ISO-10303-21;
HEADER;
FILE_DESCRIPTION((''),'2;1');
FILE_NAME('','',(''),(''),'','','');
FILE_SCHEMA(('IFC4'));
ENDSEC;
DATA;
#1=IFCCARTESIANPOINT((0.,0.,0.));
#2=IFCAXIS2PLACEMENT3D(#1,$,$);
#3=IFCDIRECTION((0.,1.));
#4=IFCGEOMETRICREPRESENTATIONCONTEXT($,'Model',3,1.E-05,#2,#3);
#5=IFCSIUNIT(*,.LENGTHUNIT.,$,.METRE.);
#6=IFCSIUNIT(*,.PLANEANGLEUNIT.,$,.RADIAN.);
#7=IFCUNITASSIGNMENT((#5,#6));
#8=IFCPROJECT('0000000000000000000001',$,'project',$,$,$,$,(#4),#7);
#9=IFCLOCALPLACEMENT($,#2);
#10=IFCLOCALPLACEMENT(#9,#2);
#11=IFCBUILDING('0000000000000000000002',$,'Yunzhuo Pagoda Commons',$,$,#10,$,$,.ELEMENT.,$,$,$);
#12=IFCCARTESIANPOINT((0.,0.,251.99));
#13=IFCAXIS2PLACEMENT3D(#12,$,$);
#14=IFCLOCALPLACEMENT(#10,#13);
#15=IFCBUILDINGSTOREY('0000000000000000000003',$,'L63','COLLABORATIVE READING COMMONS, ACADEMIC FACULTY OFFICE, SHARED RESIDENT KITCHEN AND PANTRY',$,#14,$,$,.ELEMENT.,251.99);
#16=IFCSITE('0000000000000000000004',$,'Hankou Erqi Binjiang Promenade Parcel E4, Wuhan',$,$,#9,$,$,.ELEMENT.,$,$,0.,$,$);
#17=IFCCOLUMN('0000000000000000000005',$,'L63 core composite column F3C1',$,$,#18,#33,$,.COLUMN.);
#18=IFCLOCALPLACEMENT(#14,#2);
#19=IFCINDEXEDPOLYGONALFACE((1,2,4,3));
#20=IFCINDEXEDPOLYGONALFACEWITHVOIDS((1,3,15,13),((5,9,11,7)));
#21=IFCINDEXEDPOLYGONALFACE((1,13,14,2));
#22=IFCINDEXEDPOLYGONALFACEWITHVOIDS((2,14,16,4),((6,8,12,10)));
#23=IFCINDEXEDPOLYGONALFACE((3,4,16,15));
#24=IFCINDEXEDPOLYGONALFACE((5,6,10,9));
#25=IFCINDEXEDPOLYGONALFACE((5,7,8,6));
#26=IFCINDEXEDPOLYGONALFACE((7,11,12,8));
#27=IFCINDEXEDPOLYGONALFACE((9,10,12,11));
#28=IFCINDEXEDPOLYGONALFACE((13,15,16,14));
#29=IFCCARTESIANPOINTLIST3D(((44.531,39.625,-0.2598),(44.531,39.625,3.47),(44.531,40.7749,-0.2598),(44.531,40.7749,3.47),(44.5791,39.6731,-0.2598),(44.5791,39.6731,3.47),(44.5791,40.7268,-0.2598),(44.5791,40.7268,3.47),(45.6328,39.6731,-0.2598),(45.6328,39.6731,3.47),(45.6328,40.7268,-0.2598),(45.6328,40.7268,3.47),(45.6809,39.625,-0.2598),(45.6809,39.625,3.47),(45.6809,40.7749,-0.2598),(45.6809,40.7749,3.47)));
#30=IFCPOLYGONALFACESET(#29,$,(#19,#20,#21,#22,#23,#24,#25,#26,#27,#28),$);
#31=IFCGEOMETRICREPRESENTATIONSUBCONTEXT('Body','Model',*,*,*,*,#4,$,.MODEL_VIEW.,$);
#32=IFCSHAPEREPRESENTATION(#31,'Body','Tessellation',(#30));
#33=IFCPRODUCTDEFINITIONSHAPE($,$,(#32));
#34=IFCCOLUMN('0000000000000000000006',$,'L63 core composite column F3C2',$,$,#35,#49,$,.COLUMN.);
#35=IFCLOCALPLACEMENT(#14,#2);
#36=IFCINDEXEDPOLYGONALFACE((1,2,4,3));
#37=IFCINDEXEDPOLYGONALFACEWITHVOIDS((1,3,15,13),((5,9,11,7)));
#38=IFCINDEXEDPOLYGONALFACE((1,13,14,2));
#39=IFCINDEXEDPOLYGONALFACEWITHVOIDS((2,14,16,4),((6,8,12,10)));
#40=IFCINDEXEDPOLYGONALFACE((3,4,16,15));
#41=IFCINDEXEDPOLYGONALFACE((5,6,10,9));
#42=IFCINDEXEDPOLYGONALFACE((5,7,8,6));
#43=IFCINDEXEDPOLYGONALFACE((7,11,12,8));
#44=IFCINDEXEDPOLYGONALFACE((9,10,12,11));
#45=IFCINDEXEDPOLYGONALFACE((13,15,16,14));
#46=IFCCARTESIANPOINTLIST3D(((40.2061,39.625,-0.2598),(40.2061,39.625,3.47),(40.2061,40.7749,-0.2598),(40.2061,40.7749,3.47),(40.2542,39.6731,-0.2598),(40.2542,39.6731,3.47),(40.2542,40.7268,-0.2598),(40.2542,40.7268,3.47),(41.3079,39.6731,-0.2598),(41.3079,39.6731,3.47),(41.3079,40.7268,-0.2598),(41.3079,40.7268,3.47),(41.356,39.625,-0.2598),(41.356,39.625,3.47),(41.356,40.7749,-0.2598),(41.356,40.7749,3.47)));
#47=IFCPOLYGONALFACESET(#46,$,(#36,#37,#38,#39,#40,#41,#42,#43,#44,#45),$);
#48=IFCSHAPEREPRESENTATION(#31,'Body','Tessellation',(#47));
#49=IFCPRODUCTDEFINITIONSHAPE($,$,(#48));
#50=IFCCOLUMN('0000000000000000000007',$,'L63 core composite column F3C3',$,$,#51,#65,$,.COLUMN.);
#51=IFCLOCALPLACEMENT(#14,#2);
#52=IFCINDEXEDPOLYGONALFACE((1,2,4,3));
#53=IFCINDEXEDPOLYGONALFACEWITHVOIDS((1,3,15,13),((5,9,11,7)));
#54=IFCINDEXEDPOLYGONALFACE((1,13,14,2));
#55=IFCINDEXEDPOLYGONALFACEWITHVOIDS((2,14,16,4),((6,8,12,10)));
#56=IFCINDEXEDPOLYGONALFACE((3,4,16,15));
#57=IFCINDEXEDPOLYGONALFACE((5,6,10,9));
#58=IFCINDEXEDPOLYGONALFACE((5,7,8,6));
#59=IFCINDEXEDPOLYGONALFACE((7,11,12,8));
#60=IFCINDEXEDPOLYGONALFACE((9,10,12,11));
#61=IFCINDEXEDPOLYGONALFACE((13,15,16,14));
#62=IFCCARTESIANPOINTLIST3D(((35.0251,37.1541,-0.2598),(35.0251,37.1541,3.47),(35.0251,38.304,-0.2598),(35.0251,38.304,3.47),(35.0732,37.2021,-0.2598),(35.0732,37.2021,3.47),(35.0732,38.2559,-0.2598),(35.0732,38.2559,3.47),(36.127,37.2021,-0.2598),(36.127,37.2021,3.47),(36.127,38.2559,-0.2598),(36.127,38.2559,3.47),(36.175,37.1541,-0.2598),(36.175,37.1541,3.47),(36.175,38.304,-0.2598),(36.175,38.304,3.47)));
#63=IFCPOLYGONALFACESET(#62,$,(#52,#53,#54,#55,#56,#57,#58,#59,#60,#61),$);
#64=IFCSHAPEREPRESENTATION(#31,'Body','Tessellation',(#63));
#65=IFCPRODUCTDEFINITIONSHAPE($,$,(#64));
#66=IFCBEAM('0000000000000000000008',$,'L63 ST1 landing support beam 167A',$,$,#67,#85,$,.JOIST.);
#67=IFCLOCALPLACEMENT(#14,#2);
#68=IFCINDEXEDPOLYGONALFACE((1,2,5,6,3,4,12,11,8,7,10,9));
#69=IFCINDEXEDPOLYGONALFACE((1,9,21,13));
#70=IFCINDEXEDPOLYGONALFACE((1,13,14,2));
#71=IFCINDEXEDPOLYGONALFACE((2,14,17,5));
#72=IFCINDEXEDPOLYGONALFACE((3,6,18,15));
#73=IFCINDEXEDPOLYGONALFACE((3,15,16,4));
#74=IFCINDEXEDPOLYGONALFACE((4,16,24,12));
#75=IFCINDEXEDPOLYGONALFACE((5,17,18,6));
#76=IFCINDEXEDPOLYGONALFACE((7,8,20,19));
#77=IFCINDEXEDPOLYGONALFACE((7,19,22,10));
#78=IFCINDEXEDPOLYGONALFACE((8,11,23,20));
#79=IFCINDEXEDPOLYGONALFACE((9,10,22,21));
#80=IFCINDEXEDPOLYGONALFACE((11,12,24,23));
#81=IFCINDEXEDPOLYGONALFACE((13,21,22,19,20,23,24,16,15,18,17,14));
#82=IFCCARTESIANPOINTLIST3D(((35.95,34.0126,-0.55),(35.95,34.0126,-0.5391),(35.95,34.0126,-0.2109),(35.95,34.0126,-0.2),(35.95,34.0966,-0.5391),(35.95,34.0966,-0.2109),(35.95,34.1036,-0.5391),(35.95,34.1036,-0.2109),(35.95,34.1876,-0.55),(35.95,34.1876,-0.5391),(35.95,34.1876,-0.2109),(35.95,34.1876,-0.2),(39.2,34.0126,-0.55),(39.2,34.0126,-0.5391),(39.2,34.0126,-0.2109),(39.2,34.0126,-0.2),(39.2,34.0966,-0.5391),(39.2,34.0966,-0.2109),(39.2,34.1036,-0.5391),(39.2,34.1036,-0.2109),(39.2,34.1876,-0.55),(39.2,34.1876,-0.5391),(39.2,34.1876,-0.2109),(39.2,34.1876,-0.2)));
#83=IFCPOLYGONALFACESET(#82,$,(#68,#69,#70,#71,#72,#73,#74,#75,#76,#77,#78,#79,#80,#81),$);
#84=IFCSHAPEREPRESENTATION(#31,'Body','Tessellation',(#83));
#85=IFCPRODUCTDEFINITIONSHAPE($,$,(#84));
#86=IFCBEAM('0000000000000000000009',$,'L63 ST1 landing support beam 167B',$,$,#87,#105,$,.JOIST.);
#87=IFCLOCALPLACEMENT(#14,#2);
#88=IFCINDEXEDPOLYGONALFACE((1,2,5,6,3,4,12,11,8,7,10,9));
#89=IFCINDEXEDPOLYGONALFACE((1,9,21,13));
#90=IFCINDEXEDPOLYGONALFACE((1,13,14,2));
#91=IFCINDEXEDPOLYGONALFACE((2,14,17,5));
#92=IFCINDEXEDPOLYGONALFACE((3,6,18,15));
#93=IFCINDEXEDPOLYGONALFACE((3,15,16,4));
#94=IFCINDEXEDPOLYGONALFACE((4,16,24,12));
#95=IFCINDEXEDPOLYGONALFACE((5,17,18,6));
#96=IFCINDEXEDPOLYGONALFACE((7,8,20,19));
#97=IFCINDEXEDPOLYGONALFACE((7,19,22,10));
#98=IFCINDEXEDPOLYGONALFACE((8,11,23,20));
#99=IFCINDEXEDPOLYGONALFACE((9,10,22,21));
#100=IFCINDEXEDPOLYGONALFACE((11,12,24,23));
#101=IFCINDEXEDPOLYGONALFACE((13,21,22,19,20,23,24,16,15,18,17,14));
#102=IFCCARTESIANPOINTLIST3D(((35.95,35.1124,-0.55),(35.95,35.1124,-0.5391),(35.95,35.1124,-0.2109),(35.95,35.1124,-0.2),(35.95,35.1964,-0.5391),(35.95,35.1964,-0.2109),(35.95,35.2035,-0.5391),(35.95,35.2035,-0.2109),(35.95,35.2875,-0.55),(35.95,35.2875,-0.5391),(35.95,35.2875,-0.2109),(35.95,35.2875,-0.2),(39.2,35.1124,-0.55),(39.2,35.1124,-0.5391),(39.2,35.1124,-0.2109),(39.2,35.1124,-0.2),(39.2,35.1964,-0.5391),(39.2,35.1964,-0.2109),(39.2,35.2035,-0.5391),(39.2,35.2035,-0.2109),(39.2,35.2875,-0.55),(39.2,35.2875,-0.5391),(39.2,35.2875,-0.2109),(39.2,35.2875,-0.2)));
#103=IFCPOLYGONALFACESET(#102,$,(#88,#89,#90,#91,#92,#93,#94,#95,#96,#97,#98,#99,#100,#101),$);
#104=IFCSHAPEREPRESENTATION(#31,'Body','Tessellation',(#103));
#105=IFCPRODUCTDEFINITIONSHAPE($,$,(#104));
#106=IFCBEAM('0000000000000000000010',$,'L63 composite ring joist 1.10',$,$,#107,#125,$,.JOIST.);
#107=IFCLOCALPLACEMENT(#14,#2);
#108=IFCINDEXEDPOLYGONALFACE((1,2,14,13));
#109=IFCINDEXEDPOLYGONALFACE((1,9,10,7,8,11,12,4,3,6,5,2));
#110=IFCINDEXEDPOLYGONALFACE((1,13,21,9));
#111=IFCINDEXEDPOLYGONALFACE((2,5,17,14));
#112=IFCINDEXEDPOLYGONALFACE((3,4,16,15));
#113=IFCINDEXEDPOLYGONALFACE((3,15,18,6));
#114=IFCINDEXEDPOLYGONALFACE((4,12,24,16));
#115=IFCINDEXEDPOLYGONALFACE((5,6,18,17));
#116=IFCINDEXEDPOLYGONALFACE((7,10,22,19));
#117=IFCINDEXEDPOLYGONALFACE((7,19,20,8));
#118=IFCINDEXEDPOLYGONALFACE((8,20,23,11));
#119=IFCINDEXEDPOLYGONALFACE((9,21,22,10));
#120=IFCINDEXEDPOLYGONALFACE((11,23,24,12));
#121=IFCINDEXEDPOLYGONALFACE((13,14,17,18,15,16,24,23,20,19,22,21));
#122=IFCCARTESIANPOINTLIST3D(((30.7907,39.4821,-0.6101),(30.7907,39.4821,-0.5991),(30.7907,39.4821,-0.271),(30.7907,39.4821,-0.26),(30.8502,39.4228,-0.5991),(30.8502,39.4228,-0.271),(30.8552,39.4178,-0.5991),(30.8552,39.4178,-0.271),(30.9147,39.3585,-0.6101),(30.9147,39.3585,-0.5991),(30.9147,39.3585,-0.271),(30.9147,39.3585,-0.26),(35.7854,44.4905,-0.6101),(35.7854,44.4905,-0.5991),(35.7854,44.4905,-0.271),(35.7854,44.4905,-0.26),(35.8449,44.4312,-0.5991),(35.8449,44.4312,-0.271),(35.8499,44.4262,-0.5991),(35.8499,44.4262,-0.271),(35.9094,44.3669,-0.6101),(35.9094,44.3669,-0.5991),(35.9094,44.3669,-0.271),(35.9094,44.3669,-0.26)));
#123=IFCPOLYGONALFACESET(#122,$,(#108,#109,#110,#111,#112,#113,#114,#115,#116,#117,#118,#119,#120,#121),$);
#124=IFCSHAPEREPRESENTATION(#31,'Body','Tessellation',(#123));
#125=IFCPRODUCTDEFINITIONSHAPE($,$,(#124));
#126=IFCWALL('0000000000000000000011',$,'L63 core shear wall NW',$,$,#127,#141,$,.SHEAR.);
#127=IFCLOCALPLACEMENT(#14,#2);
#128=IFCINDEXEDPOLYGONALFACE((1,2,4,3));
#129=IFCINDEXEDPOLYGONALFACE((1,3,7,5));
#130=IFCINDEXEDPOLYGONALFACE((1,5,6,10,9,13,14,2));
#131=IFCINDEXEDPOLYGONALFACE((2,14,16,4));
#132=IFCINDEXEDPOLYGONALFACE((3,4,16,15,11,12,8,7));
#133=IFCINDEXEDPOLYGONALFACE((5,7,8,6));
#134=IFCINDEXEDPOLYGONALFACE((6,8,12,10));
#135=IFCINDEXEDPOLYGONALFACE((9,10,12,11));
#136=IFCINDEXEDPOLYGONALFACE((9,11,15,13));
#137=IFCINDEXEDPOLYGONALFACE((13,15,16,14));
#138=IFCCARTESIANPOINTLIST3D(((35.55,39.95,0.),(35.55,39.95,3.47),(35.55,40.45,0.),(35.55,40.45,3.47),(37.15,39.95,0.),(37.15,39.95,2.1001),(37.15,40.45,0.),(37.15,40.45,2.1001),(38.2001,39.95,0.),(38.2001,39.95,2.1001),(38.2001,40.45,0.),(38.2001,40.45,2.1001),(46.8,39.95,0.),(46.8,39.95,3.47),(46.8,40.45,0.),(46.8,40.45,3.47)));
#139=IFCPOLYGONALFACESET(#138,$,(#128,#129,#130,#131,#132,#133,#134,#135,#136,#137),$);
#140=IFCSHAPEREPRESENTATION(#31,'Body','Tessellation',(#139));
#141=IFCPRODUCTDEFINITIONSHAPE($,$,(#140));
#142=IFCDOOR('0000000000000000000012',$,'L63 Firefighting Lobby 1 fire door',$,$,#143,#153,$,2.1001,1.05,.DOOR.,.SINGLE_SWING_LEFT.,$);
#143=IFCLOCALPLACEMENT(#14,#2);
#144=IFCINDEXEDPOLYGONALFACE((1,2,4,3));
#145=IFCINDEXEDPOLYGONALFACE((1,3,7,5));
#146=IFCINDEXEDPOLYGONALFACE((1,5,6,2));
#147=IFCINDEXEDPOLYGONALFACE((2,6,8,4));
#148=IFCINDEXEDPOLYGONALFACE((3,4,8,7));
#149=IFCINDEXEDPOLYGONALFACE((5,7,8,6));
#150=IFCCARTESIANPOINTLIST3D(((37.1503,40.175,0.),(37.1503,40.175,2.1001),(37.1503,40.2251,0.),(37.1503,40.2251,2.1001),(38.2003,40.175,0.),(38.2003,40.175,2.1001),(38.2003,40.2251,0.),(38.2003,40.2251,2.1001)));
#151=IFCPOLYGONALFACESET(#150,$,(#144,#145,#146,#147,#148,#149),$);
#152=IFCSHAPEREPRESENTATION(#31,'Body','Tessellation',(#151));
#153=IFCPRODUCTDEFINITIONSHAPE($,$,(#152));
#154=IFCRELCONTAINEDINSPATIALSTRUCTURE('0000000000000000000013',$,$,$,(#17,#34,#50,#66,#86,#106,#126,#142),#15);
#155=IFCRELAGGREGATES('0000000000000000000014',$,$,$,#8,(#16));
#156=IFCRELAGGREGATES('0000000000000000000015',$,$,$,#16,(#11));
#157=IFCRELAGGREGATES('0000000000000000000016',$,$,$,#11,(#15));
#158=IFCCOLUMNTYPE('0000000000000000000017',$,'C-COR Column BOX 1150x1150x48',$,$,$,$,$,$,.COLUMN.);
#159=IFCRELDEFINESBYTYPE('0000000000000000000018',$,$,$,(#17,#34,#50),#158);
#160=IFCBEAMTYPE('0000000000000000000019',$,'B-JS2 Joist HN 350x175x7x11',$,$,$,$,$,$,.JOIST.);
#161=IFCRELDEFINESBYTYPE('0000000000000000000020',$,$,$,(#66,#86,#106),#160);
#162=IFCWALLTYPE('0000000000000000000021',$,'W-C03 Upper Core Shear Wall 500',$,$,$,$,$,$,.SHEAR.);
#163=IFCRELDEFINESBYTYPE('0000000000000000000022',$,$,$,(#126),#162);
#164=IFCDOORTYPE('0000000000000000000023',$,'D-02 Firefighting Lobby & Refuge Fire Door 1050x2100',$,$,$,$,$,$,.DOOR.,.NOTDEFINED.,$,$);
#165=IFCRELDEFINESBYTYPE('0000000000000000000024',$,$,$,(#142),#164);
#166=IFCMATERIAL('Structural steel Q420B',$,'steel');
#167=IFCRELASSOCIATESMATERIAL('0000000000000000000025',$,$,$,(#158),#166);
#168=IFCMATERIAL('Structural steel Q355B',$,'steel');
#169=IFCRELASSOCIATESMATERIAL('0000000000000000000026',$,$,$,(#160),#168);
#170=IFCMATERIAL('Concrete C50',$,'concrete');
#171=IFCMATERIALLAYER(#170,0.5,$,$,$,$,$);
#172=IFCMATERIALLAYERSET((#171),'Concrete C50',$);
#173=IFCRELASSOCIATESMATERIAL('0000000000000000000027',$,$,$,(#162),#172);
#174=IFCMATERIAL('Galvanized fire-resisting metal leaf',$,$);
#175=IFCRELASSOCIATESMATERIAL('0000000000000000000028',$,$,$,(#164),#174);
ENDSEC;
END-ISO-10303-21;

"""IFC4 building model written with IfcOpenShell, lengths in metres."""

from ifc_helpers import new_model, si_unit, direction, frame, frame_2d, origin, origin_2d, place, context, subcontext, project, spatial, rectangle, hollow_rectangle, i_section, extrude, source, transform, mapped, material, layer, layer_set, material_profile, profile_set, type_object, element, fill, save


model = new_model("IFC4")

# Units and contexts
model_context = context("Model", 3, precision=1e-05, world=origin(), true_north=direction((0.0, 1.0)))
body_context = subcontext(model_context, "Body", "Model", "MODEL_VIEW")
ifc_project = project(units=[si_unit("LENGTHUNIT", "METRE"), si_unit("PLANEANGLEUNIT", "RADIAN")], contexts=[model_context])

# Site, building, storey
site_placement = place(None, origin())
site = spatial("IfcSite", under=ifc_project, at=site_placement, Name="Hankou Erqi Binjiang Promenade Parcel E4, Wuhan", CompositionType="ELEMENT", RefElevation=0.0)
building_placement = place(site_placement, origin())
building = spatial("IfcBuilding", under=site, at=building_placement, Name="Yunzhuo Pagoda Commons", CompositionType="ELEMENT")
storey_placement = place(building_placement, frame((0.0, 0.0, 251.99)))
storey = spatial("IfcBuildingStorey", under=building, at=storey_placement, Name="L63", Description="COLLABORATIVE READING COMMONS, ACADEMIC FACULTY OFFICE, SHARED RESIDENT KITCHEN AND PANTRY", CompositionType="ELEMENT", Elevation=251.99)

# Columns
ifc_material_1 = material(Name="Structural steel Q420B", Category="steel")
ifc_material_profile_1 = material_profile(ifc_material_1, hollow_rectangle(XDim=1.1499, YDim=1.1499, WallThickness=0.0481, at=origin_2d()), Name="Structural steel Q420B")
ifc_profile_set_1 = profile_set([ifc_material_profile_1], Name="Structural steel Q420B")
column_type = type_object("IfcColumnType", Name="C-COR Column BOX 1150x1150x48", PredefinedType="COLUMN", material=ifc_profile_set_1)
shared_shape_1 = source(origin(), body_context, "Body", "SweptSolid", [
    extrude(hollow_rectangle(XDim=1.1499, YDim=1.1499, WallThickness=0.0481, at=origin_2d()), origin(), (0.0, 0.0, 1.0), 3.7297),
])
for number, where, z_axis, x_axis, name in (
    (1, (45.106, 40.2, -0.2598), (0.0, 0.0, 1.0), (1.0, 0.0, 0.0), "L63 core composite column F3C1"),
    (2, (40.781, 40.2, -0.2598), (0.0, 0.0, 1.0), (1.0, 0.0, 0.0), "L63 core composite column F3C2"),
    (3, (35.6001, 37.729, -0.2598), (0.0, 0.0, 1.0), (1.0, 0.0, 0.0), "L63 core composite column F3C3"),
):
    element("IfcColumn", number, at=place(storey_placement, frame(where, z_axis=z_axis, x_axis=x_axis)), inside=storey, type_object=column_type, Name=name, PredefinedType="COLUMN", context=body_context, shape_type="MappedRepresentation", body=[
        mapped(shared_shape_1, transform((0.0, 0.0, 0.0), scale=1.0)),
    ])

# Beams
ifc_material_2 = material(Name="Structural steel Q355B", Category="steel")
ifc_material_profile_2 = material_profile(ifc_material_2, i_section(OverallWidth=0.175, OverallDepth=0.3501, WebThickness=0.0071, FlangeThickness=0.011, at=origin_2d()), Name="Structural steel Q355B")
ifc_profile_set_2 = profile_set([ifc_material_profile_2], Name="Structural steel Q355B")
beam_type = type_object("IfcBeamType", Name="B-JS2 Joist HN 350x175x7x11", PredefinedType="JOIST", material=ifc_profile_set_2)
shared_shape_2 = source(origin(), body_context, "Body", "SweptSolid", [
    extrude(i_section(OverallWidth=0.175, OverallDepth=0.3501, WebThickness=0.0071, FlangeThickness=0.011, at=origin_2d()), origin(), (0.0, 0.0, 1.0), 3.25),
])
for number, where, z_axis, x_axis, name in (
    (4, (35.95, 34.1001, -0.375), (1.0, 0.0, 0.0), (0.0, 1.0, 0.0), "L63 ST1 landing support beam 167A"),
    (5, (35.95, 35.2, -0.375), (1.0, 0.0, 0.0), (0.0, 1.0, 0.0), "L63 ST1 landing support beam 167B"),
):
    element("IfcBeam", number, at=place(storey_placement, frame(where, z_axis=z_axis, x_axis=x_axis)), inside=storey, type_object=beam_type, Name=name, PredefinedType="JOIST", context=body_context, shape_type="MappedRepresentation", body=[
        mapped(shared_shape_2, transform((0.0, 0.0, 0.0), scale=1.0)),
    ])
shared_shape_3 = source(origin(), body_context, "Body", "SweptSolid", [
    extrude(i_section(OverallWidth=0.175, OverallDepth=0.3501, WebThickness=0.0071, FlangeThickness=0.011, at=origin_2d()), origin(), (0.0, 0.0, 1.0), 7.0732),
])
beam_placement = place(storey_placement, frame((35.8474, 44.4287, -0.4351), z_axis=(-0.70614, -0.708073, 0.0), x_axis=(0.708073, -0.70614, 0.0)))
element("IfcBeam", 6, at=beam_placement, inside=storey, type_object=beam_type, Name="L63 composite ring joist 1.10", PredefinedType="JOIST", context=body_context, shape_type="MappedRepresentation", body=[
    mapped(shared_shape_3, transform((0.0, 0.0, 0.0), scale=1.0)),
])

# Wall, opening, door
ifc_material_3 = material(Name="Concrete C50", Category="concrete")
ifc_layer_1 = layer(ifc_material_3, 0.5)
ifc_layer_set_1 = layer_set([ifc_layer_1], Name="Concrete C50")
wall_type_1 = type_object("IfcWallType", Name="W-C03 Upper Core Shear Wall 500", PredefinedType="SHEAR", material=ifc_layer_set_1)
wall_1_placement = place(storey_placement, frame((35.55, 40.2, 0.0), z_axis=(0.0, 0.0, 1.0), x_axis=(1.0, 0.0, 0.0)))
wall_1 = element("IfcWall", 7, at=wall_1_placement, inside=storey, type_object=wall_type_1, Name="L63 core shear wall NW", PredefinedType="SHEAR", context=body_context, shape_type="SweptSolid", body=[
    extrude(rectangle(XDim=11.25, YDim=0.5, at=frame_2d((5.625, 0.0))), origin(), (0.0, 0.0, 1.0), 3.47),
])
opening_1_placement = place(wall_1_placement, frame((1.6001, 0.0, 0.0)))
opening_1 = element("IfcOpeningElement", 8, at=opening_1_placement, cuts=wall_1, PredefinedType="OPENING", context=body_context, shape_type="SweptSolid", body=[
    extrude(rectangle(XDim=1.05, YDim=2.1001, at=frame_2d((0.5249, 1.05))), frame((0.0, 0.26, 0.0), z_axis=(0.0, -1.0, 0.0), x_axis=(1.0, 0.0, 0.0)), (0.0, 0.0, 1.0), 0.52),
])
ifc_material_4 = material(Name="Galvanized fire-resisting metal leaf")
door_type_1 = type_object("IfcDoorType", Name="D-02 Firefighting Lobby & Refuge Fire Door 1050x2100", OperationType="NOTDEFINED", PredefinedType="DOOR", material=ifc_material_4)
shared_shape_4 = source(origin(), body_context, "Body", "SweptSolid", [
    extrude(rectangle(XDim=1.05, YDim=2.1001, at=frame_2d((0.5249, 1.05))), frame((0.0, 0.0249, 0.0), z_axis=(0.0, -1.0, 0.0), x_axis=(1.0, 0.0, 0.0)), (0.0, 0.0, 1.0), 0.05),
])
door_1_placement = place(opening_1_placement, frame((1.05, 0.0, 0.0), z_axis=(0.0, 0.0, 1.0), x_axis=(-1.0, 0.0, 0.0)))
door_1 = element("IfcDoor", 9, at=door_1_placement, inside=storey, type_object=door_type_1, Name="L63 Firefighting Lobby 1 fire door", OperationType="SINGLE_SWING_LEFT", OverallHeight=2.1001, OverallWidth=1.05, PredefinedType="DOOR", context=body_context, shape_type="MappedRepresentation", body=[
    mapped(shared_shape_4, transform((0.0, 0.0, 0.0), scale=1.0)),
])
fill(opening_1, door_1)

save(model, "model.ifc")
